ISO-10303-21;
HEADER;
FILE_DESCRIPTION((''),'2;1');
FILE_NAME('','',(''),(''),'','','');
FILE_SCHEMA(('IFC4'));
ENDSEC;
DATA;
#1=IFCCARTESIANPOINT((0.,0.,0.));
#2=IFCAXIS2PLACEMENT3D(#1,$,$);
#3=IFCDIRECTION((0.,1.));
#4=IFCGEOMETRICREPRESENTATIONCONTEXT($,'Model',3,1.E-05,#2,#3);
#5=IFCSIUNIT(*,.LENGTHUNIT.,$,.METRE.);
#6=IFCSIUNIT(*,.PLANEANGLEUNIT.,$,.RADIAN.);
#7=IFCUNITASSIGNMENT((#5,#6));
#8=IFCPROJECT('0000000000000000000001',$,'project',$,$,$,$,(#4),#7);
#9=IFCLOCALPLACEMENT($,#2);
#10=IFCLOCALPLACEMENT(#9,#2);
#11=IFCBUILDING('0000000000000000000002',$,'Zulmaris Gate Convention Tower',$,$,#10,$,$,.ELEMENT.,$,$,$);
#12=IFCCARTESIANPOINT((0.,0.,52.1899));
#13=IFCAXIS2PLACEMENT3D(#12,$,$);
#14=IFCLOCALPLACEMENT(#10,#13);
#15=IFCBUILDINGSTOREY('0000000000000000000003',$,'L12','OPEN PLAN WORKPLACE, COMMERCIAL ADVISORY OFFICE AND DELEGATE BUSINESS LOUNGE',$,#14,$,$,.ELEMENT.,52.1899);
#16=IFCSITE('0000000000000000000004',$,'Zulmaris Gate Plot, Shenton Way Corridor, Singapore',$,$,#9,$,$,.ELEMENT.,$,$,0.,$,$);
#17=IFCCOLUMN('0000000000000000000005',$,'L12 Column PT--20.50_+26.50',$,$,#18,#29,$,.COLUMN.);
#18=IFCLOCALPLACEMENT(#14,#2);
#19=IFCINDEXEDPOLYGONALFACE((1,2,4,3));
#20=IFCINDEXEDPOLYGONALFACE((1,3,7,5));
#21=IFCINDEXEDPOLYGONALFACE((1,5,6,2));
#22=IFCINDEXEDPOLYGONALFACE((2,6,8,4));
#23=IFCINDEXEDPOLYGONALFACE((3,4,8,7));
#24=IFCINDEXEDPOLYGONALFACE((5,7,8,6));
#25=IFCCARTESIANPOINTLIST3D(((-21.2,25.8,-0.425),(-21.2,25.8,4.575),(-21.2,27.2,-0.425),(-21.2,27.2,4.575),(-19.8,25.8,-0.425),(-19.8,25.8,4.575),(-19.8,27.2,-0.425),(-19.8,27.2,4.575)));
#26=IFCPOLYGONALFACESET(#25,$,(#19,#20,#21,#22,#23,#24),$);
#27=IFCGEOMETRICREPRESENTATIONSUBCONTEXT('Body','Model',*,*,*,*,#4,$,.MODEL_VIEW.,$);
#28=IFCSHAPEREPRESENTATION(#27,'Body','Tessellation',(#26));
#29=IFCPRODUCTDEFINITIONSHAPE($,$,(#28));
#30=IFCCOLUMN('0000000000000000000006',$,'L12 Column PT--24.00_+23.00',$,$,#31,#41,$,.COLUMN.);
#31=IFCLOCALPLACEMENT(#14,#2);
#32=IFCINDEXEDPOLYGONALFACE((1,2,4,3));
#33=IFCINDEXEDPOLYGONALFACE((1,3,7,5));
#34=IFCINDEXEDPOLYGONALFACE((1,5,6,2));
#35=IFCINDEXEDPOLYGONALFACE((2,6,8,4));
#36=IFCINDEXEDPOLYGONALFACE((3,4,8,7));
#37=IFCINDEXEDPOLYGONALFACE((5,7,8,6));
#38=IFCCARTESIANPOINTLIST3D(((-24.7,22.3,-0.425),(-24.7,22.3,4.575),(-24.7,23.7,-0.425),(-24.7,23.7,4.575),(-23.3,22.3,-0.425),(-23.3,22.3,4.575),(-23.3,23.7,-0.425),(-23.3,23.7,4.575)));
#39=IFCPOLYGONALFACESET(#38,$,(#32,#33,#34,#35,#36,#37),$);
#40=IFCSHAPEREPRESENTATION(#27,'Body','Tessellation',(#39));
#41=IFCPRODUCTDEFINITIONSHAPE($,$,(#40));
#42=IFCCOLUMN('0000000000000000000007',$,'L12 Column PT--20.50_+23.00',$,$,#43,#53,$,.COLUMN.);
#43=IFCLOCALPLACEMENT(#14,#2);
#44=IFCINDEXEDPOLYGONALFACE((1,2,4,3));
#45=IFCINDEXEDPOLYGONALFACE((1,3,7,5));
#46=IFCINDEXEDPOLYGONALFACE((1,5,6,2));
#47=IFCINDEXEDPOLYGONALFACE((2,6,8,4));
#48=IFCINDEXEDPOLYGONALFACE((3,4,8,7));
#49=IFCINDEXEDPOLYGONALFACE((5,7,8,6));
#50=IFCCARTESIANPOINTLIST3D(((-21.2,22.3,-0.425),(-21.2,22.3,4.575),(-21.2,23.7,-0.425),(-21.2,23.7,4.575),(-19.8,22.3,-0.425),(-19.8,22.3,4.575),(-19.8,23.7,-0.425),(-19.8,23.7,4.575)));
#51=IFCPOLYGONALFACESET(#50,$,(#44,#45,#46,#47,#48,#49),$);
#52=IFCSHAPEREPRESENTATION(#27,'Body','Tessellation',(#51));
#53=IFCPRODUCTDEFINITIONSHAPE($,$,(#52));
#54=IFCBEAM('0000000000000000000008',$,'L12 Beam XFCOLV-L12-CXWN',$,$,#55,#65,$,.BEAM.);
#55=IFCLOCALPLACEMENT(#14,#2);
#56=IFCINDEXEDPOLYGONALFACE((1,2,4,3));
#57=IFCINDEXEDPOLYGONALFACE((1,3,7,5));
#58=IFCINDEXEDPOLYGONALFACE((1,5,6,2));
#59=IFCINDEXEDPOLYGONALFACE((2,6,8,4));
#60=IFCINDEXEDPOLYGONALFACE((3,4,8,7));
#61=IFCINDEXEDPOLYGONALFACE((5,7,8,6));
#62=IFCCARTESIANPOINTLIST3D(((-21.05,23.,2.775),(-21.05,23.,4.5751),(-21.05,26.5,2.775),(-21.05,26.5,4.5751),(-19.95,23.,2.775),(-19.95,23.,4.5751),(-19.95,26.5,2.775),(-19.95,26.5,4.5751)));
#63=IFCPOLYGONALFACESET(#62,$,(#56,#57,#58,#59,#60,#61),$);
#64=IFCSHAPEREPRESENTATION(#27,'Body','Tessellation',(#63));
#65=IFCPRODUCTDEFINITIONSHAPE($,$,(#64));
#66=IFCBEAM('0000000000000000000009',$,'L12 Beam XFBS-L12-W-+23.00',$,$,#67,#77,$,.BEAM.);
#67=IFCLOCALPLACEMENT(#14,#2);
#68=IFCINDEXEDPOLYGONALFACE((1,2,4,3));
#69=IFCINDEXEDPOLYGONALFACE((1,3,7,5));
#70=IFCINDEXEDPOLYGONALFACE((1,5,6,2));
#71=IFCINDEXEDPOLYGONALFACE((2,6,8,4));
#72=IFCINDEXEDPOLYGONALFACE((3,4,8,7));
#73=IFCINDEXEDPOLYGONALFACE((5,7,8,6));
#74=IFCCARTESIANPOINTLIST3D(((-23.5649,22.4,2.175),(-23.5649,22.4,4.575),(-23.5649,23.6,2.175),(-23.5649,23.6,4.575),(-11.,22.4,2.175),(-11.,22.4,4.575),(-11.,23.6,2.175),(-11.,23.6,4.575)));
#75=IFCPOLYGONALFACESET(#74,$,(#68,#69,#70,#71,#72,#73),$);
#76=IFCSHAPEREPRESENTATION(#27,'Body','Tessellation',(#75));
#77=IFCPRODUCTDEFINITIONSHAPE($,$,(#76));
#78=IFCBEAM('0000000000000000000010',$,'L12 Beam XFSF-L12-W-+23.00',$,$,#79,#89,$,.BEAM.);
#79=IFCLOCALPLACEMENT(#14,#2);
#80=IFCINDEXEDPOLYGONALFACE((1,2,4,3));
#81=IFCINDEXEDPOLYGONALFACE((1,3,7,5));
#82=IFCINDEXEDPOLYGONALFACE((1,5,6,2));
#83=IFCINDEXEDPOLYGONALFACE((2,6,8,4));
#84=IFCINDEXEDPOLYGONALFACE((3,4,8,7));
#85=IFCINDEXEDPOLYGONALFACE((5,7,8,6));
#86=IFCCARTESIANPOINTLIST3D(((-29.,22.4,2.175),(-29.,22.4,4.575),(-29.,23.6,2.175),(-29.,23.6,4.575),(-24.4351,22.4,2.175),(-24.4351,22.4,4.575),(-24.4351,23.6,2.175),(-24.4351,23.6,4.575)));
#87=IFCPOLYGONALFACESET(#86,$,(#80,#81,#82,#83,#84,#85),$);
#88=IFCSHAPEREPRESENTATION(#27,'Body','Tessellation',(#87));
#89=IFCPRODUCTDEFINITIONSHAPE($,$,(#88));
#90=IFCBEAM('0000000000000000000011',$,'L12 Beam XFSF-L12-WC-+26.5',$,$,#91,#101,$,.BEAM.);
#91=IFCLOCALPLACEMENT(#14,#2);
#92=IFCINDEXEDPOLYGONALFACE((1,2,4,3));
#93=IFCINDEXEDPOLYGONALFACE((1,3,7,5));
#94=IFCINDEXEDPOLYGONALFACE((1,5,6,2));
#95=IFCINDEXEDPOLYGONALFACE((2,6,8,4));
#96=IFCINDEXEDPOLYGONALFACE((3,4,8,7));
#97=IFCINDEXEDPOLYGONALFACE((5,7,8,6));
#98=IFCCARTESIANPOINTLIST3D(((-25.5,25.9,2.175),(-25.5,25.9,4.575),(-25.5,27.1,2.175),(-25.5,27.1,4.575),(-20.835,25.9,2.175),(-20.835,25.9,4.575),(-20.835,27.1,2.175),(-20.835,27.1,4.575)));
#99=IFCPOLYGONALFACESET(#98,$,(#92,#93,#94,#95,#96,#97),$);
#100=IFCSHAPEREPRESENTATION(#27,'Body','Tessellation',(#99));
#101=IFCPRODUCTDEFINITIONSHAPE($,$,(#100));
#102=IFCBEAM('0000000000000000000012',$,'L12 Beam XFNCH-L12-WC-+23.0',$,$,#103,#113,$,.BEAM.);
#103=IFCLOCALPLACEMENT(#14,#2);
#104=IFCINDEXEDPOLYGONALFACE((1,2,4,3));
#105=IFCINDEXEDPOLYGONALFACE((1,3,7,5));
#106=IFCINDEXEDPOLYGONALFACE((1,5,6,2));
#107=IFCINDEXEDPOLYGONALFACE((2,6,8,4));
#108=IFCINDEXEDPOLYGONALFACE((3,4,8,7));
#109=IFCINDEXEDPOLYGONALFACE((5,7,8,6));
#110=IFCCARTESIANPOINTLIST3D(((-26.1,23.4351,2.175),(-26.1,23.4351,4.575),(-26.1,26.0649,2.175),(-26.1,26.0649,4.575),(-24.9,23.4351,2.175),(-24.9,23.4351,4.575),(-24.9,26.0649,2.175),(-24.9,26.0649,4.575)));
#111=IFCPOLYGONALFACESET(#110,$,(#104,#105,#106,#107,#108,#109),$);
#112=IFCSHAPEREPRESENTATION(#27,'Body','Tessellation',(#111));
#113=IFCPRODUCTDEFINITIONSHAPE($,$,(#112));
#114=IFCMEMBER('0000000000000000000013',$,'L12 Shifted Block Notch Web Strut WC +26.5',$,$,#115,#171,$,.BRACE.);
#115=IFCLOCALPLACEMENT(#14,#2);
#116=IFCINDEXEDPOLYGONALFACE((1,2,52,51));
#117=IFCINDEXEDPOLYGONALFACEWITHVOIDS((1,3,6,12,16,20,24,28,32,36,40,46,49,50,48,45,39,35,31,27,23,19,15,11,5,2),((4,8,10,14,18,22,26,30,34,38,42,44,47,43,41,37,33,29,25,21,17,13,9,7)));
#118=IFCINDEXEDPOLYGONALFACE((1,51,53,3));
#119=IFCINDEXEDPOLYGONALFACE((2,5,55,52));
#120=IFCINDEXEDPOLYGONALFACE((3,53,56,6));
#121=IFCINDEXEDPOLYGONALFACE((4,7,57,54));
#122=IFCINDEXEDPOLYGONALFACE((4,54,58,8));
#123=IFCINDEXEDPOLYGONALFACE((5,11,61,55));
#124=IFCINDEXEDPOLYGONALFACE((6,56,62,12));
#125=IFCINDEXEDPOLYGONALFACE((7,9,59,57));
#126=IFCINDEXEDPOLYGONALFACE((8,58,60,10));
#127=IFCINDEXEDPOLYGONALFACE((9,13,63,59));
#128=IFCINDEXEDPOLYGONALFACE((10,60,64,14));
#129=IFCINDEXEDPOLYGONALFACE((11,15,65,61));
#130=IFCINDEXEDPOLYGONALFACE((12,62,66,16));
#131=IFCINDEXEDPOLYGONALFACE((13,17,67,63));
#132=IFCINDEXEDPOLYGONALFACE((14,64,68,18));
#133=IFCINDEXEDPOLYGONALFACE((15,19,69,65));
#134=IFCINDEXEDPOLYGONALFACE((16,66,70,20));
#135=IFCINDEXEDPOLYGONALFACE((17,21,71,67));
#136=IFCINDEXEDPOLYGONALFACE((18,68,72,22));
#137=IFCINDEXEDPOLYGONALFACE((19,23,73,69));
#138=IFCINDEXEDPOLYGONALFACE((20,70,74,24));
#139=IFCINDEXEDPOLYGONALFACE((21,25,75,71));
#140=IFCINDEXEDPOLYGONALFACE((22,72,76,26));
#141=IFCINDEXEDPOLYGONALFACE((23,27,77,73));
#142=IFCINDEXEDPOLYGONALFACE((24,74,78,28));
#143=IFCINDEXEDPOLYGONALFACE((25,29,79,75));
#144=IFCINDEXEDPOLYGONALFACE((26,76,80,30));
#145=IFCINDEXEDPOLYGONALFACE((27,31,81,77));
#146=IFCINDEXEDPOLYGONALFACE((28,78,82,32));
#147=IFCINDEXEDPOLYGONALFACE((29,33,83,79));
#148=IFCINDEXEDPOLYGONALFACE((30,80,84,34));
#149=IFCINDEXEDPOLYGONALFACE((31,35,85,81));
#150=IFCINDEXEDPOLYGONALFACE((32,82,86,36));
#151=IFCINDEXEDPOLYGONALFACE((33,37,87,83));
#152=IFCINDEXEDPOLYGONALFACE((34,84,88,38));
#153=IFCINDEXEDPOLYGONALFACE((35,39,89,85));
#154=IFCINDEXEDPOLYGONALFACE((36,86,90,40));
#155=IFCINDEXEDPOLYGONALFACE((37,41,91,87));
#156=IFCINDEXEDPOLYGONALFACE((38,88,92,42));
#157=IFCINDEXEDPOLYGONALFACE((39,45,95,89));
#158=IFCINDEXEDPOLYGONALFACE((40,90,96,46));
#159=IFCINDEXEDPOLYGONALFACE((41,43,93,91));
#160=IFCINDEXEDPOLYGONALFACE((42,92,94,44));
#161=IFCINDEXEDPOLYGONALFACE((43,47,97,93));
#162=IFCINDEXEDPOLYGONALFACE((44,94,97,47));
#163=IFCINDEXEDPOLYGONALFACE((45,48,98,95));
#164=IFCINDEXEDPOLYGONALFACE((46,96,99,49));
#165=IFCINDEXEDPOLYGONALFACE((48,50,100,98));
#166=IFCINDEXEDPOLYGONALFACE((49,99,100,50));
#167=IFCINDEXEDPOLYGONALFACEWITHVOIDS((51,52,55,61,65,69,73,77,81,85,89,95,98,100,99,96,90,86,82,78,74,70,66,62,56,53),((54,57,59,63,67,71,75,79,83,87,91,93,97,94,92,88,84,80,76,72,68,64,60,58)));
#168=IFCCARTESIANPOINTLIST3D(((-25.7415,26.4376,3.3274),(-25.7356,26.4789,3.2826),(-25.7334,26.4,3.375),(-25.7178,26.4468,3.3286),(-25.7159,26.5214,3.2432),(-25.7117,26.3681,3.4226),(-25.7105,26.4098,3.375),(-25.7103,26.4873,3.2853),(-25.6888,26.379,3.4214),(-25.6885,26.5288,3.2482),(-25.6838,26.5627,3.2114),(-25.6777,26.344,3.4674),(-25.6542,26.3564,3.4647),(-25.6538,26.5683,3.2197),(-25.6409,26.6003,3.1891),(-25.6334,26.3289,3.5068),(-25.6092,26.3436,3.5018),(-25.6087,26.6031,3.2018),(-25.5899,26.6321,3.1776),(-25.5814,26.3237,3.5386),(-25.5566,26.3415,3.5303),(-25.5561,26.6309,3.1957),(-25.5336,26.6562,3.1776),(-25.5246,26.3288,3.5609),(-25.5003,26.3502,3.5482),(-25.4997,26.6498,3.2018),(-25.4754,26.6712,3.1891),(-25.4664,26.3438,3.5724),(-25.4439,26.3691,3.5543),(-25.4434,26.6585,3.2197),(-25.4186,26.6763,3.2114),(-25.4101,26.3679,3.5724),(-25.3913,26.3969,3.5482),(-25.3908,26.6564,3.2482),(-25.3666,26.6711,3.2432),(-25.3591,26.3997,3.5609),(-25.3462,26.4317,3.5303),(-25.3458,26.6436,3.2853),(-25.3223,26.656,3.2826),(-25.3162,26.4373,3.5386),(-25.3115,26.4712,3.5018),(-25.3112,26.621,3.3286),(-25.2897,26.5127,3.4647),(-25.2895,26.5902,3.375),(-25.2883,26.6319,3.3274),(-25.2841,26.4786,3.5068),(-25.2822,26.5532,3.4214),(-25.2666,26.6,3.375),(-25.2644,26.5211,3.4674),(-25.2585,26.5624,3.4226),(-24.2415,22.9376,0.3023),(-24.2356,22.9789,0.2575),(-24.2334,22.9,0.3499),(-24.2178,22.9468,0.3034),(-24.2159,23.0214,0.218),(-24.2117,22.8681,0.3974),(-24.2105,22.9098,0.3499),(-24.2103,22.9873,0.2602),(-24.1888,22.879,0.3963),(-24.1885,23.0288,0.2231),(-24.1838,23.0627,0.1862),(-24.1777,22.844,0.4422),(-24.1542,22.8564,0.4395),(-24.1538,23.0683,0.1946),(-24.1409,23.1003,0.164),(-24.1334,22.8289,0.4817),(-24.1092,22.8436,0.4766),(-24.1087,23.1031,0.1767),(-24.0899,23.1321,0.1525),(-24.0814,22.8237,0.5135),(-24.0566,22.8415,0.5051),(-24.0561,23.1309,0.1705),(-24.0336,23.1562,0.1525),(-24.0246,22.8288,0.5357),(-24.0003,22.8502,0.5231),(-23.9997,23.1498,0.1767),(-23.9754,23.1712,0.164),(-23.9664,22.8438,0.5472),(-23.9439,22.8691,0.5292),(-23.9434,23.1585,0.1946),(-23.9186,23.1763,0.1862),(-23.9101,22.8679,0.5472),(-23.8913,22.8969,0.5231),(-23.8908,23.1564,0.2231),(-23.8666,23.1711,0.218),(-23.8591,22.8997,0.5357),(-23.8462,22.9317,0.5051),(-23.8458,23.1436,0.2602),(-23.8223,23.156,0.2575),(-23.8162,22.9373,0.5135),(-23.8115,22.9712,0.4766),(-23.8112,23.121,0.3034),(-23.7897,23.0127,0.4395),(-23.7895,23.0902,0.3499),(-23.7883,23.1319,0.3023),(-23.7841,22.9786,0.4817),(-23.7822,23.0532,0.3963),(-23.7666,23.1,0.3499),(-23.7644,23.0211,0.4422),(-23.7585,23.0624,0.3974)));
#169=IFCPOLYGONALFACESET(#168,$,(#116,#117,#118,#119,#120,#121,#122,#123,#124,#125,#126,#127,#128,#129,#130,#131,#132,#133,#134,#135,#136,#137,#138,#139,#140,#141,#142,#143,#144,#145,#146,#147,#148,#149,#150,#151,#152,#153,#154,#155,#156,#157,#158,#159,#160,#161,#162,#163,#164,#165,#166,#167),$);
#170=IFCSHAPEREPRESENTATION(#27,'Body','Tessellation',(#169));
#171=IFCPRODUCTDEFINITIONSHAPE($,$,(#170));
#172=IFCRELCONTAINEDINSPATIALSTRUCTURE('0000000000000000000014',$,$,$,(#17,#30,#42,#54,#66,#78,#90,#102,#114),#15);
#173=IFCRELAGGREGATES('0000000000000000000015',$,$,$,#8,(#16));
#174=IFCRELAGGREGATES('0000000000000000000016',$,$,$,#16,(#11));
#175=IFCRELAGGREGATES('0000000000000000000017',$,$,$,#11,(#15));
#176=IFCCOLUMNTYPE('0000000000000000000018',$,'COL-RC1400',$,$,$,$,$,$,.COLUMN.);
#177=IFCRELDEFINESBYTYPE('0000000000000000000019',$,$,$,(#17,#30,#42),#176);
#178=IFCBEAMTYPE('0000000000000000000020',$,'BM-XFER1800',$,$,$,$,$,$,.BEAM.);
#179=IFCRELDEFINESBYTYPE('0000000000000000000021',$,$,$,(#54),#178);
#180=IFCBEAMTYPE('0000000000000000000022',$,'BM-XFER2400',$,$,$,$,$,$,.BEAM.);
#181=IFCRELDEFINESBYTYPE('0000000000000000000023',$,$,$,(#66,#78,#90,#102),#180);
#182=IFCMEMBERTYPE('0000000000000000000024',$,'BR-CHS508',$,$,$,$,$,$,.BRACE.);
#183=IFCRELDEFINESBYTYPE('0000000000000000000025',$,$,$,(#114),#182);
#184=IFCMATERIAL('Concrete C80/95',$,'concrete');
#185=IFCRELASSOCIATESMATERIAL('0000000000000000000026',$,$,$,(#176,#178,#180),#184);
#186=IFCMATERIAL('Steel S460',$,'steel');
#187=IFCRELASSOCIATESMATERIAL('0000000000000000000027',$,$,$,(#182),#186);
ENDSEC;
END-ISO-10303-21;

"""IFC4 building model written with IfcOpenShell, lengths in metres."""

from ifc_helpers import new_model, si_unit, direction, frame, origin, origin_2d, place, context, subcontext, project, spatial, rectangle, hollow_circle, extrude, material, material_profile, profile_set, type_object, element, save


model = new_model("IFC4")

# Units and contexts
model_context = context("Model", 3, precision=1e-05, world=origin(), true_north=direction((0.0, 1.0)))
body_context = subcontext(model_context, "Body", "Model", "MODEL_VIEW")
ifc_project = project(units=[si_unit("LENGTHUNIT", "METRE"), si_unit("PLANEANGLEUNIT", "RADIAN")], contexts=[model_context])

# Site, building, storey
site_placement = place(None, origin())
site = spatial("IfcSite", under=ifc_project, at=site_placement, Name="Zulmaris Gate Plot, Shenton Way Corridor, Singapore", CompositionType="ELEMENT", RefElevation=0.0)
building_placement = place(site_placement, origin())
building = spatial("IfcBuilding", under=site, at=building_placement, Name="Zulmaris Gate Convention Tower", CompositionType="ELEMENT")
storey_placement = place(building_placement, frame((0.0, 0.0, 52.1899)))
storey = spatial("IfcBuildingStorey", under=building, at=storey_placement, Name="L12", Description="OPEN PLAN WORKPLACE, COMMERCIAL ADVISORY OFFICE AND DELEGATE BUSINESS LOUNGE", CompositionType="ELEMENT", Elevation=52.1899)

# Columns
ifc_material_1 = material(Name="Concrete C80/95", Category="concrete")
ifc_material_profile_1 = material_profile(ifc_material_1, rectangle(XDim=1.3999, YDim=1.3999, at=origin_2d()), Name="RC COL 1400x1400")
ifc_profile_set_1 = profile_set([ifc_material_profile_1], Name="Concrete C80/95")
column_type = type_object("IfcColumnType", Name="COL-RC1400", PredefinedType="COLUMN", material=ifc_profile_set_1)
for number, where, z_axis, x_axis, name in (
    (1, (-20.5, 26.5, -0.425), (0.0, 0.0, 1.0), (1.0, 0.0, 0.0), "L12 Column PT--20.50_+26.50"),
    (2, (-24.0, 23.0, -0.425), (0.0, 0.0, 1.0), (1.0, 0.0, 0.0), "L12 Column PT--24.00_+23.00"),
    (3, (-20.5, 23.0, -0.425), (0.0, 0.0, 1.0), (1.0, 0.0, 0.0), "L12 Column PT--20.50_+23.00"),
):
    element("IfcColumn", number, at=place(storey_placement, frame(where, z_axis=z_axis, x_axis=x_axis)), inside=storey, type_object=column_type, Name=name, PredefinedType="COLUMN", context=body_context, shape_type="SweptSolid", body=[
        extrude(rectangle(XDim=1.3999, YDim=1.3999, at=origin_2d()), origin(), (0.0, 0.0, 1.0), 5.0),
    ])

# Beams
ifc_material_profile_2 = material_profile(ifc_material_1, rectangle(XDim=1.1001, YDim=1.8, at=origin_2d()), Name="RC TRANSFER 1100x1800")
ifc_profile_set_2 = profile_set([ifc_material_profile_2], Name="Concrete C80/95")
beam_type_1 = type_object("IfcBeamType", Name="BM-XFER1800", PredefinedType="BEAM", material=ifc_profile_set_2)
beam_1_placement = place(storey_placement, frame((-20.5, 23.0, 3.675), z_axis=(0.0, 1.0, 0.0), x_axis=(-1.0, 0.0, 0.0)))
element("IfcBeam", 4, at=beam_1_placement, inside=storey, type_object=beam_type_1, Name="L12 Beam XFCOLV-L12-CXWN", PredefinedType="BEAM", context=body_context, shape_type="SweptSolid", body=[
    extrude(rectangle(XDim=1.1001, YDim=1.8, at=origin_2d()), origin(), (0.0, 0.0, 1.0), 3.5),
])
ifc_material_profile_3 = material_profile(ifc_material_1, rectangle(XDim=1.2, YDim=2.3999, at=origin_2d()), Name="RC TRANSFER 1200x2400")
ifc_profile_set_3 = profile_set([ifc_material_profile_3], Name="Concrete C80/95")
beam_type_2 = type_object("IfcBeamType", Name="BM-XFER2400", PredefinedType="BEAM", material=ifc_profile_set_3)
beam_2_placement = place(storey_placement, frame((-23.5649, 23.0, 3.375), z_axis=(1.0, 0.0, 0.0), x_axis=(0.0, 1.0, 0.0)))
element("IfcBeam", 5, at=beam_2_placement, inside=storey, type_object=beam_type_2, Name="L12 Beam XFBS-L12-W-+23.00", PredefinedType="BEAM", context=body_context, shape_type="SweptSolid", body=[
    extrude(rectangle(XDim=1.2, YDim=2.3999, at=origin_2d()), origin(), (0.0, 0.0, 1.0), 12.5649),
])
beam_3_placement = place(storey_placement, frame((-29.0, 23.0, 3.375), z_axis=(1.0, 0.0, 0.0), x_axis=(0.0, 1.0, 0.0)))
element("IfcBeam", 6, at=beam_3_placement, inside=storey, type_object=beam_type_2, Name="L12 Beam XFSF-L12-W-+23.00", PredefinedType="BEAM", context=body_context, shape_type="SweptSolid", body=[
    extrude(rectangle(XDim=1.2, YDim=2.3999, at=origin_2d()), origin(), (0.0, 0.0, 1.0), 4.5649),
])
beam_4_placement = place(storey_placement, frame((-25.5, 26.5, 3.375), z_axis=(1.0, 0.0, 0.0), x_axis=(0.0, 1.0, 0.0)))
element("IfcBeam", 7, at=beam_4_placement, inside=storey, type_object=beam_type_2, Name="L12 Beam XFSF-L12-WC-+26.5", PredefinedType="BEAM", context=body_context, shape_type="SweptSolid", body=[
    extrude(rectangle(XDim=1.2, YDim=2.3999, at=origin_2d()), origin(), (0.0, 0.0, 1.0), 4.665),
])
beam_5_placement = place(storey_placement, frame((-25.5, 23.4351, 3.375), z_axis=(0.0, 1.0, 0.0), x_axis=(-1.0, 0.0, 0.0)))
element("IfcBeam", 8, at=beam_5_placement, inside=storey, type_object=beam_type_2, Name="L12 Beam XFNCH-L12-WC-+23.0", PredefinedType="BEAM", context=body_context, shape_type="SweptSolid", body=[
    extrude(rectangle(XDim=1.2, YDim=2.3999, at=origin_2d()), origin(), (0.0, 0.0, 1.0), 2.6299),
])

# Member
ifc_material_2 = material(Name="Steel S460", Category="steel")
ifc_material_profile_4 = material_profile(ifc_material_2, hollow_circle(Radius=0.2539, WallThickness=0.0249, at=origin_2d()), Name="CHS 508x25")
ifc_profile_set_4 = profile_set([ifc_material_profile_4], Name="Steel S460")
member_type_1 = type_object("IfcMemberType", Name="BR-CHS508", PredefinedType="BRACE", material=ifc_profile_set_4)
member_1_placement = place(storey_placement, frame((-24.0, 23.0, 0.3499), z_axis=(-0.308434, 0.719679, 0.622038), x_axis=(-0.919145, -0.393919, 0.0)))
element("IfcMember", 9, at=member_1_placement, inside=storey, type_object=member_type_1, Name="L12 Shifted Block Notch Web Strut WC +26.5", PredefinedType="BRACE", context=body_context, shape_type="SweptSolid", body=[
    extrude(hollow_circle(Radius=0.2539, WallThickness=0.0249, at=origin_2d()), origin(), (0.0, 0.0, 1.0), 4.8633),
])

save(model, "model.ifc")
